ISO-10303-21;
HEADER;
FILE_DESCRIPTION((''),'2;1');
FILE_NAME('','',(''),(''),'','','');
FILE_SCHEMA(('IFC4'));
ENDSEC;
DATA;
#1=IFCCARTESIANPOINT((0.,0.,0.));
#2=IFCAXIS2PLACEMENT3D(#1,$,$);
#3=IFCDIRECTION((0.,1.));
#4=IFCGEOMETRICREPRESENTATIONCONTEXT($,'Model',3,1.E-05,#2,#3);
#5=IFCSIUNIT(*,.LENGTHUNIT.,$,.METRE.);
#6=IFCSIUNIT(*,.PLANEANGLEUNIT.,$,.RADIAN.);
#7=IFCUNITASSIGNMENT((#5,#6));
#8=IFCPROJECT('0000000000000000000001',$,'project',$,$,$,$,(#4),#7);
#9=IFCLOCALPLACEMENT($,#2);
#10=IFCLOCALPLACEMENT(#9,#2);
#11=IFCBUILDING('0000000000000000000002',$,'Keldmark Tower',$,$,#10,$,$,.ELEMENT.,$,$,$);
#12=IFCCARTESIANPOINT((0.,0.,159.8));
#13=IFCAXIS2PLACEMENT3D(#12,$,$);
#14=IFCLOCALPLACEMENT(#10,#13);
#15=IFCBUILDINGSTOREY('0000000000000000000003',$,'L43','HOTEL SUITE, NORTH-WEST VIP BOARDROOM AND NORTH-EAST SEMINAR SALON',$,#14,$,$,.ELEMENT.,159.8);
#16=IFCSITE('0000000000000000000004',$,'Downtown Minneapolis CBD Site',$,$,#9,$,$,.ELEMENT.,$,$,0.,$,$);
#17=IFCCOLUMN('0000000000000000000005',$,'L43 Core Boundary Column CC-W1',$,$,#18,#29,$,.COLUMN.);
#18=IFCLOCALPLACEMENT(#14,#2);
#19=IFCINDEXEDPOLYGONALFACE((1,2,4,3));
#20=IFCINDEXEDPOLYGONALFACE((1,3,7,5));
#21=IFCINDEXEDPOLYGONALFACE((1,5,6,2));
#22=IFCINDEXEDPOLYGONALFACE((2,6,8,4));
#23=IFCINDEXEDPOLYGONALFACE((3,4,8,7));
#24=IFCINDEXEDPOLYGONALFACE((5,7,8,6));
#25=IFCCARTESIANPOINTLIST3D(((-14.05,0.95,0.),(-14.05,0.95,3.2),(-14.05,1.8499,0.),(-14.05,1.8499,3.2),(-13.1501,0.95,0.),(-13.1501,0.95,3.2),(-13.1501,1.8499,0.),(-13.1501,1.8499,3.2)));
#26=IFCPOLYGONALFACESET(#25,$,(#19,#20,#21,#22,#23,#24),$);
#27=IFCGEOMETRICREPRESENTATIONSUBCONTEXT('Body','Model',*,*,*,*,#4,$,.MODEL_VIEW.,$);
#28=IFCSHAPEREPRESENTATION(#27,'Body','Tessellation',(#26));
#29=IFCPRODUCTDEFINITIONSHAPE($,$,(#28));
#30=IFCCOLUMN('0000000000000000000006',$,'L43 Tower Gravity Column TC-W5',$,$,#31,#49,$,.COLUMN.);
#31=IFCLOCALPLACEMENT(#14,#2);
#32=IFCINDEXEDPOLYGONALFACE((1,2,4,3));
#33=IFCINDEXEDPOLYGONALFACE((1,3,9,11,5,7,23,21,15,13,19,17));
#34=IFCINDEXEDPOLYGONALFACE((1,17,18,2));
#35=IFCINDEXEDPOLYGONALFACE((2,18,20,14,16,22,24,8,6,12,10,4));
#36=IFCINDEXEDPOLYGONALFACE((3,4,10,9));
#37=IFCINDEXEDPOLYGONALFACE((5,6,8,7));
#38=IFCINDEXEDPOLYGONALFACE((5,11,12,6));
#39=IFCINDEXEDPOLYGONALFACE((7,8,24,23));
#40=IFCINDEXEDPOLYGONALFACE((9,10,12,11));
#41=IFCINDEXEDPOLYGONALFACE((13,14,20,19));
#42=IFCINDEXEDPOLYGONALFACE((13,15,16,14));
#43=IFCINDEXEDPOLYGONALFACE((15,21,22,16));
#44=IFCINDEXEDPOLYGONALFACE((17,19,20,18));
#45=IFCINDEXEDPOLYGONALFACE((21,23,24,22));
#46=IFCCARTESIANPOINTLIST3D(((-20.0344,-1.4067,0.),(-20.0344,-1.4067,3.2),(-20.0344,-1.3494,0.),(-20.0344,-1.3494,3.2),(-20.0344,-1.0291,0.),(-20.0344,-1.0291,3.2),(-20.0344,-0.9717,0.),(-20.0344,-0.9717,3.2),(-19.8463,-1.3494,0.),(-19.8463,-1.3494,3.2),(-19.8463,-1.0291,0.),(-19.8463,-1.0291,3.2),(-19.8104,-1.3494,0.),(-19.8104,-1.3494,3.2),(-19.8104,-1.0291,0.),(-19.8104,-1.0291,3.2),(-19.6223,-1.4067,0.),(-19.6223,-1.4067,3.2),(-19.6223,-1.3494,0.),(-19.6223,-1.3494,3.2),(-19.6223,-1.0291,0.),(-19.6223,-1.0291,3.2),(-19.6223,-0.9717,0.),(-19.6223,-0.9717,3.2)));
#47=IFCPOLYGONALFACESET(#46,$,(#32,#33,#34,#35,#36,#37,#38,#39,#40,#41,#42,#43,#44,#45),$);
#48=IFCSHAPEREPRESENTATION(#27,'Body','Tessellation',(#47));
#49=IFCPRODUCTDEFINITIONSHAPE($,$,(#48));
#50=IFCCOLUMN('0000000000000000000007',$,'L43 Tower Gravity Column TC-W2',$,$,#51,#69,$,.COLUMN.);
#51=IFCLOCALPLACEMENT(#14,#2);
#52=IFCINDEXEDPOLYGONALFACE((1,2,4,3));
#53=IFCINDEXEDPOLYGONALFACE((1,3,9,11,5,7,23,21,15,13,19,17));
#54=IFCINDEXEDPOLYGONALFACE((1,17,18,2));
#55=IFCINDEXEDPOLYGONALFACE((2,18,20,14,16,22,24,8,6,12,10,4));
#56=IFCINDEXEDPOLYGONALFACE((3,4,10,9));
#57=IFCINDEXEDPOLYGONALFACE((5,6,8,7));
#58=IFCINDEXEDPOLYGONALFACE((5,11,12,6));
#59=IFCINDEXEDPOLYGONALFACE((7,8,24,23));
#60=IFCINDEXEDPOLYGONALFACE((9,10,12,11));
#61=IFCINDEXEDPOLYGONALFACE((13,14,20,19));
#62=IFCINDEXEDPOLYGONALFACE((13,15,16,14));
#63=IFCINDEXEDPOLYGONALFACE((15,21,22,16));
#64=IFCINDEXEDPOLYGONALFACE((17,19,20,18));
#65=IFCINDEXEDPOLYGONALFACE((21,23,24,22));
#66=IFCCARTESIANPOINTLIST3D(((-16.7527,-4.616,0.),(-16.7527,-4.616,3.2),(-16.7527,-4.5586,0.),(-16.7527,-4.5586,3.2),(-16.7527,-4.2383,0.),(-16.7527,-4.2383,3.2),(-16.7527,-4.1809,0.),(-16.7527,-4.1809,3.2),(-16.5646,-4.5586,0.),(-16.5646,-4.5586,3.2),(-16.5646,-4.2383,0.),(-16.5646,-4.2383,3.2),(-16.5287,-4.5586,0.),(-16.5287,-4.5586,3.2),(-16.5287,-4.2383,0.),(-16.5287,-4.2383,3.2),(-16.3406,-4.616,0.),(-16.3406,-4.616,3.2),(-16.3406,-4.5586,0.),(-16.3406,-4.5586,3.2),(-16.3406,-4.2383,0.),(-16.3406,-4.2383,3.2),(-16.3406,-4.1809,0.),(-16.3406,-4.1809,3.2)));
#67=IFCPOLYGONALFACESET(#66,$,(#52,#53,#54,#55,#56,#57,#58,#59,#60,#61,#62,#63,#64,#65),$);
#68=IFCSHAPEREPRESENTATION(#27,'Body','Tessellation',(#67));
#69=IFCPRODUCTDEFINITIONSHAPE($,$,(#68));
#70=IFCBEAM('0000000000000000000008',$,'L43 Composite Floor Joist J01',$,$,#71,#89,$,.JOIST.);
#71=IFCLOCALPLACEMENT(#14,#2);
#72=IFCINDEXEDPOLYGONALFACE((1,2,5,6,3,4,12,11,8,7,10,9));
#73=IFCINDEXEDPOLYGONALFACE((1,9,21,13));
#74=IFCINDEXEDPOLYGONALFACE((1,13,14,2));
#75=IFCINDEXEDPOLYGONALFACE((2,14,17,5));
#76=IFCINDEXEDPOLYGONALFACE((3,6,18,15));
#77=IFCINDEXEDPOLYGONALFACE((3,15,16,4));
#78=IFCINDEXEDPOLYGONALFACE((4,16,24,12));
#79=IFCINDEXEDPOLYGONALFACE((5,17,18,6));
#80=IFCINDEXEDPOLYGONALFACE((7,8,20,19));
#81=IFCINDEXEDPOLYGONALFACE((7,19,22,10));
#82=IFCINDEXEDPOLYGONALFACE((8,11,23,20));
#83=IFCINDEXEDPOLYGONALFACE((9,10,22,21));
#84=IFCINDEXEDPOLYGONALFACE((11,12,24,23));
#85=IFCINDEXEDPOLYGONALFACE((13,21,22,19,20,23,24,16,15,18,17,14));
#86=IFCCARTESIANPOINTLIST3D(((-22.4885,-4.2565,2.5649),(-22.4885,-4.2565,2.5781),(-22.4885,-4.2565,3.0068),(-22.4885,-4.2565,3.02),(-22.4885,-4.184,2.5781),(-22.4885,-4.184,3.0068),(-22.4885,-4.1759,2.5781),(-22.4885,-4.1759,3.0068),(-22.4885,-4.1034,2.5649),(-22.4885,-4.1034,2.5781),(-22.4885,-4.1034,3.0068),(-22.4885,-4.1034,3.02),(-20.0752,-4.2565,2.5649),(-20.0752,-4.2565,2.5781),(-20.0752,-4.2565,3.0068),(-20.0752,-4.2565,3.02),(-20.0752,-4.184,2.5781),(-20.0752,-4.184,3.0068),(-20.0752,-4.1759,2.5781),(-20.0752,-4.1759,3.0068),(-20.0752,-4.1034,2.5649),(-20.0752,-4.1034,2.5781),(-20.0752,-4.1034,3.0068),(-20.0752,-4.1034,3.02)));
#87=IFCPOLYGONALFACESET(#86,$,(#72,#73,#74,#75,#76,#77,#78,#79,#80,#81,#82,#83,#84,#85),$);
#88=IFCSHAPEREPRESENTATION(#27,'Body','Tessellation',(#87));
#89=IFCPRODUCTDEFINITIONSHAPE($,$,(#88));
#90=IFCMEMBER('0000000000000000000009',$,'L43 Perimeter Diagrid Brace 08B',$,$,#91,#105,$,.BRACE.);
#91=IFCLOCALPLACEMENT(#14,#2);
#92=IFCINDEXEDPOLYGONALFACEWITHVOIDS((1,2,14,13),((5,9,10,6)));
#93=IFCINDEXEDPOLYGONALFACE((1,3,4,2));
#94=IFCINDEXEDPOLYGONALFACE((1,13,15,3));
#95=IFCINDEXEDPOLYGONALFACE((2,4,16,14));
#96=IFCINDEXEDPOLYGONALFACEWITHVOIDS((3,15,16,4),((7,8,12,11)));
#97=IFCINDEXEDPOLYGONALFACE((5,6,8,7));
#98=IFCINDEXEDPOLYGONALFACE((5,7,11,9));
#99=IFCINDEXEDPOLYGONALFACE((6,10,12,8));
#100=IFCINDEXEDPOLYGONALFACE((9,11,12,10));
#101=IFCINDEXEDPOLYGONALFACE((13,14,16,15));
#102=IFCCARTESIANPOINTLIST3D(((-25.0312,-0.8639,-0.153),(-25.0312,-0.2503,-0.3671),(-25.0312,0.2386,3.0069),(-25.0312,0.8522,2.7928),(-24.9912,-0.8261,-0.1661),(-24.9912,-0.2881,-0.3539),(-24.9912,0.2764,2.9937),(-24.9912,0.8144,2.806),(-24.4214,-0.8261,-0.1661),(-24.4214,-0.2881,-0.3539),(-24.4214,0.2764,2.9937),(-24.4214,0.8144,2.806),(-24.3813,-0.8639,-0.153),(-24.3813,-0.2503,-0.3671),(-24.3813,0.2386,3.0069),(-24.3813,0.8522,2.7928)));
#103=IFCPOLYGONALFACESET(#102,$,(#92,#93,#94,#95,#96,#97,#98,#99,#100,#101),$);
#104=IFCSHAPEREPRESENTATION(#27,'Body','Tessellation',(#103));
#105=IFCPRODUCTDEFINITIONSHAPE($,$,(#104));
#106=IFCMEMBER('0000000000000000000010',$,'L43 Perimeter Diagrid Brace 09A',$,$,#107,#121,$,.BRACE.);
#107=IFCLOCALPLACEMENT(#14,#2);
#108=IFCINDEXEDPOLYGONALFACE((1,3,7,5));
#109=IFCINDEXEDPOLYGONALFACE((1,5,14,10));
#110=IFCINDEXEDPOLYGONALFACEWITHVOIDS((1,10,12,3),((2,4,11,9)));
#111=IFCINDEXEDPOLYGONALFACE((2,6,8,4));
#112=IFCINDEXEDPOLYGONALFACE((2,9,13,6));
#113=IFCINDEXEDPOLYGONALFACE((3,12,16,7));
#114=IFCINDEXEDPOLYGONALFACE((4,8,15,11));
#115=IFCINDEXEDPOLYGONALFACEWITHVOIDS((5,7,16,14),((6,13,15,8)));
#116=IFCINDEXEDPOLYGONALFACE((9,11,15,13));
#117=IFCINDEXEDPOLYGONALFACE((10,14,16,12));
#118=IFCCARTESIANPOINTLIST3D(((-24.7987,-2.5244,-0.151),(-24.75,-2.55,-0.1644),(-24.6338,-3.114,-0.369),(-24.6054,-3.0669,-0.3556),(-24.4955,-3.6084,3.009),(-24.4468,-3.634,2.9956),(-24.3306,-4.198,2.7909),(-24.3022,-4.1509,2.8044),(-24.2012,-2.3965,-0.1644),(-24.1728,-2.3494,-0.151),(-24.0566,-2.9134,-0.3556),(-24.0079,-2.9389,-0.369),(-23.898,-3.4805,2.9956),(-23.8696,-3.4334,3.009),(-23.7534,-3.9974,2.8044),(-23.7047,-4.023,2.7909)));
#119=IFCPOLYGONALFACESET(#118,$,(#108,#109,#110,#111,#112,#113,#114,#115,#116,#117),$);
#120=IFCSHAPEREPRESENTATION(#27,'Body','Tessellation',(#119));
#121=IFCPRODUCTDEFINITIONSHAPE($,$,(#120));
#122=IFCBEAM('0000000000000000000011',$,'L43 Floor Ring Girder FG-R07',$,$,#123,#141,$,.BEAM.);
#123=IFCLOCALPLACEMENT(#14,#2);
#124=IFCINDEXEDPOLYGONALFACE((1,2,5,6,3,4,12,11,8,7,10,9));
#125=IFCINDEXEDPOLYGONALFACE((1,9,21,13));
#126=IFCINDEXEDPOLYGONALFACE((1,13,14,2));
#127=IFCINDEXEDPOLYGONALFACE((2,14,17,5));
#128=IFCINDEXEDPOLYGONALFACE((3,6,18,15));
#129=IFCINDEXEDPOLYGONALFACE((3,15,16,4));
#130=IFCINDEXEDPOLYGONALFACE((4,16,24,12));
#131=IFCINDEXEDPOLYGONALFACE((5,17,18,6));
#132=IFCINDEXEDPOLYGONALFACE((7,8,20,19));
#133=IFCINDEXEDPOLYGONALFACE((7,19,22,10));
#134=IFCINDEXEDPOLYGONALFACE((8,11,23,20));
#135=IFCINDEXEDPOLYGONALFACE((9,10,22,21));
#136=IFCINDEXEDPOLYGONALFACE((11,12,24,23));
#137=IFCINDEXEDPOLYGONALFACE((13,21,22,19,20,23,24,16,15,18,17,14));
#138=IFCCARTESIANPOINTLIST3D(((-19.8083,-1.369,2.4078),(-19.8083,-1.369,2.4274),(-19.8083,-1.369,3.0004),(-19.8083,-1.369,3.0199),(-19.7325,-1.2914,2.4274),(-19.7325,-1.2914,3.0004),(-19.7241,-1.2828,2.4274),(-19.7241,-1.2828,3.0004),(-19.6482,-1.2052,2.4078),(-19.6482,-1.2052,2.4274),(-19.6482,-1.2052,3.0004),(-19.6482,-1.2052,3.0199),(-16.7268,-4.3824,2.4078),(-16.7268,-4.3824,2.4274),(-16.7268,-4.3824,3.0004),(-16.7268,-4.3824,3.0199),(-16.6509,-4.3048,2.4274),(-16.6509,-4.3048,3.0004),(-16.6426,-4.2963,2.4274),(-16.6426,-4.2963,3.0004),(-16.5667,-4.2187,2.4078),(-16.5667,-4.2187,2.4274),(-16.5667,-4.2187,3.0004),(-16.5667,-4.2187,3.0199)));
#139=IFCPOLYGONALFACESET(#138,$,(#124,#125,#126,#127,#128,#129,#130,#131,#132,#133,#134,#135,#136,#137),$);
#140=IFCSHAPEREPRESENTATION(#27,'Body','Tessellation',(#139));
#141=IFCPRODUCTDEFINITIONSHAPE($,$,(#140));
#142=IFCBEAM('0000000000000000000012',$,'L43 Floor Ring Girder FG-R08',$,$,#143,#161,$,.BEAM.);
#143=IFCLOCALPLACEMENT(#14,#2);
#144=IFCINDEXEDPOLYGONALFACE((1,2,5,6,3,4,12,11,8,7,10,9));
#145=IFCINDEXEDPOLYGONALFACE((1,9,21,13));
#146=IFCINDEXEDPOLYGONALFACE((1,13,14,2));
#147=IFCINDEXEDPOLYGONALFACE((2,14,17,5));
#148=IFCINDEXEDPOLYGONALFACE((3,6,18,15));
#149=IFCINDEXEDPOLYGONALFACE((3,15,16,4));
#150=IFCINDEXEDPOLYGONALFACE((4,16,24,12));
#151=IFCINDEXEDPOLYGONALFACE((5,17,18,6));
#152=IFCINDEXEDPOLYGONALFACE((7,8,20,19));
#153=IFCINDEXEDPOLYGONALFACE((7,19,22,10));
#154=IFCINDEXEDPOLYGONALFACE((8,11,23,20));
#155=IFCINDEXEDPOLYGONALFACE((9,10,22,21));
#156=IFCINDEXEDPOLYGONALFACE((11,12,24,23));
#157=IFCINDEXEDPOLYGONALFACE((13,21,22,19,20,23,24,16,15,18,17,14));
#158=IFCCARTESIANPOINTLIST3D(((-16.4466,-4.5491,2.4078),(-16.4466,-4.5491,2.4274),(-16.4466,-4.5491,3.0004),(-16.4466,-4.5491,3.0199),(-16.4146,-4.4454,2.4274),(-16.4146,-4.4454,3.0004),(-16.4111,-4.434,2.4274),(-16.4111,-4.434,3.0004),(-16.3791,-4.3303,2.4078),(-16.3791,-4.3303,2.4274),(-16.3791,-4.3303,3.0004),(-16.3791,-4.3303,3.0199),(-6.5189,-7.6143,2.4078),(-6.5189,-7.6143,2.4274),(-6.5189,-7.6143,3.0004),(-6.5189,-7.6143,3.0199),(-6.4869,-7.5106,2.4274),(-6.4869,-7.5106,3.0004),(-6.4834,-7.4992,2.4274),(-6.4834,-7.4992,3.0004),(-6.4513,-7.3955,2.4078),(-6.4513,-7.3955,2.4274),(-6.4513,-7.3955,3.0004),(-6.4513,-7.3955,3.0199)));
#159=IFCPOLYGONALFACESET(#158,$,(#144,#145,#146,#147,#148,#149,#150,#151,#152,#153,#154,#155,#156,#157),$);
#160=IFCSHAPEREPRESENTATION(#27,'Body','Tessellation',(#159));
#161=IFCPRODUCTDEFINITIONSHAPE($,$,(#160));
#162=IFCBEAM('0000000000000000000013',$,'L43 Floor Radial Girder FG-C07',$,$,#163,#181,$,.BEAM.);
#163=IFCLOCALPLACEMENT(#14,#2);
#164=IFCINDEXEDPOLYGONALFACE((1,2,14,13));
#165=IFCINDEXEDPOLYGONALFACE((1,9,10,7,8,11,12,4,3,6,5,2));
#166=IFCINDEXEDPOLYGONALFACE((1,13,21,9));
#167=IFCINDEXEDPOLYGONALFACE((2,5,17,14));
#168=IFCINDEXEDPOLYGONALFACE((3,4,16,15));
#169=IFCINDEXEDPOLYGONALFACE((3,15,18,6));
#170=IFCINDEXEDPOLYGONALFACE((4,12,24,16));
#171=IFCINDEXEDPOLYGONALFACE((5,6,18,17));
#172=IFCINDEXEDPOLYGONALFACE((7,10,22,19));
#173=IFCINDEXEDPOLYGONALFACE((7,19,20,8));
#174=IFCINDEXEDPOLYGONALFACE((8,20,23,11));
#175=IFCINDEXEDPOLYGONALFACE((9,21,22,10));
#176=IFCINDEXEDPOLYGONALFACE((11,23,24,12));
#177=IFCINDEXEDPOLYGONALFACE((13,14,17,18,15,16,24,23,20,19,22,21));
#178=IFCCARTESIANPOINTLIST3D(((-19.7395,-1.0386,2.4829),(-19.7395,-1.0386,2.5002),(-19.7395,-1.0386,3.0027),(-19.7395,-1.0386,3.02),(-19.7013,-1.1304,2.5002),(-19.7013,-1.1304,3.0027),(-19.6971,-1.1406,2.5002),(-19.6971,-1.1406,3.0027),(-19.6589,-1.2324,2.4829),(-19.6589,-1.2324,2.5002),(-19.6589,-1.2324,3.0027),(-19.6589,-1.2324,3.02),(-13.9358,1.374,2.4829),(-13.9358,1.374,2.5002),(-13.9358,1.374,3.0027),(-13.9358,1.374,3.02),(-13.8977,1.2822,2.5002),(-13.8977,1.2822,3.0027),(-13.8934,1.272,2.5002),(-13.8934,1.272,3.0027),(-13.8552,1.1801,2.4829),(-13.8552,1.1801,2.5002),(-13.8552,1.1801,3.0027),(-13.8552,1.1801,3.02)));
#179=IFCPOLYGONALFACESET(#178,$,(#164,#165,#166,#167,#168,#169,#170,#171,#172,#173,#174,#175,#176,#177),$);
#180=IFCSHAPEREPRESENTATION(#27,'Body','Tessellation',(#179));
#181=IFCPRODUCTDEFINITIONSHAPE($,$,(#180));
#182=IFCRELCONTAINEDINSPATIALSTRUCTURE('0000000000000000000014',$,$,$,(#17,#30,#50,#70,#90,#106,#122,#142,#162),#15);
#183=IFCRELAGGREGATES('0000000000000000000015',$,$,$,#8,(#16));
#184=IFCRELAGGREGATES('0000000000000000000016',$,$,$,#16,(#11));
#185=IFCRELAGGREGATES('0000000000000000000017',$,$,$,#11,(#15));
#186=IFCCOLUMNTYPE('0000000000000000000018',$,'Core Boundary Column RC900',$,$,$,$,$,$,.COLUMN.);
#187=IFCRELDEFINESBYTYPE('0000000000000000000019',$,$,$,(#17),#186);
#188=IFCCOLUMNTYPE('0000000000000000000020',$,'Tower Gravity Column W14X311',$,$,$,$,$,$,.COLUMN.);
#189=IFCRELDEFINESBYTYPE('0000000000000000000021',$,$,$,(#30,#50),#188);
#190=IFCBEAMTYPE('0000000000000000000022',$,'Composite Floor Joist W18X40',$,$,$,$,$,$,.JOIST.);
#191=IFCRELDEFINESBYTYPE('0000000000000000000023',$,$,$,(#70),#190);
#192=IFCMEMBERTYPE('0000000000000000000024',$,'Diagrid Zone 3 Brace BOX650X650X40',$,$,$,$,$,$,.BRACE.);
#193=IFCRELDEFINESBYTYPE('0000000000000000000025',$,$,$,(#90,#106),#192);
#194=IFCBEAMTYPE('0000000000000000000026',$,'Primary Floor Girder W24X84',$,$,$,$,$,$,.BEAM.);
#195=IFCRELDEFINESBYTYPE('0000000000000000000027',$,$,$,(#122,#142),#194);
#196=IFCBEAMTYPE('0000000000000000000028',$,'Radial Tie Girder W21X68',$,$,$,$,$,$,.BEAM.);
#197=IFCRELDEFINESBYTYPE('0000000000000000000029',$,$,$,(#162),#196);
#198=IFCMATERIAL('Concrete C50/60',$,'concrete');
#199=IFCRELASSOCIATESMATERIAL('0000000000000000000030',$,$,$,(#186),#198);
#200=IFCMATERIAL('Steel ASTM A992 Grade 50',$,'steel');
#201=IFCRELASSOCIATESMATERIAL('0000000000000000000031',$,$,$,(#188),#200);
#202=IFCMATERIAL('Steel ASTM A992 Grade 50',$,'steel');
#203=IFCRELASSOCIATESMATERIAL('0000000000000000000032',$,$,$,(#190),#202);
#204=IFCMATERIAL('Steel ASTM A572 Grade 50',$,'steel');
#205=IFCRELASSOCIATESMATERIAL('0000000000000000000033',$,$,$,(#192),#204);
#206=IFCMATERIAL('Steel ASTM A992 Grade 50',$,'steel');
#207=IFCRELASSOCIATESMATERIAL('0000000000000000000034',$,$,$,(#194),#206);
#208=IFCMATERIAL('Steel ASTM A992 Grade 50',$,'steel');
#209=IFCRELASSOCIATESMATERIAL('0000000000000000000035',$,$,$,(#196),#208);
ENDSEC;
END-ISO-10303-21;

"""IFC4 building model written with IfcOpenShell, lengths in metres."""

from ifc_helpers import new_model, si_unit, direction, frame, origin, origin_2d, place, context, subcontext, project, spatial, rectangle, hollow_rectangle, i_section, extrude, material, material_profile, profile_set, type_object, element, save


model = new_model("IFC4")

# Units and contexts
model_context = context("Model", 3, precision=1e-05, world=origin(), true_north=direction((0.0, 1.0)))
body_context = subcontext(model_context, "Body", "Model", "MODEL_VIEW")
ifc_project = project(units=[si_unit("LENGTHUNIT", "METRE"), si_unit("PLANEANGLEUNIT", "RADIAN")], contexts=[model_context])

# Site, building, storey
site_placement = place(None, origin())
site = spatial("IfcSite", under=ifc_project, at=site_placement, Name="Downtown Minneapolis CBD Site", CompositionType="ELEMENT", RefElevation=0.0)
building_placement = place(site_placement, origin())
building = spatial("IfcBuilding", under=site, at=building_placement, Name="Keldmark Tower", CompositionType="ELEMENT")
storey_placement = place(building_placement, frame((0.0, 0.0, 159.8)))
storey = spatial("IfcBuildingStorey", under=building, at=storey_placement, Name="L43", Description="HOTEL SUITE, NORTH-WEST VIP BOARDROOM AND NORTH-EAST SEMINAR SALON", CompositionType="ELEMENT", Elevation=159.8)

# Columns
ifc_material_1 = material(Name="Concrete C50/60", Category="concrete")
ifc_material_profile_1 = material_profile(ifc_material_1, rectangle(XDim=0.8999, YDim=0.8999, at=origin_2d()), Name="RC900X900")
ifc_profile_set_1 = profile_set([ifc_material_profile_1], Name="Concrete C50/60")
column_type_1 = type_object("IfcColumnType", Name="Core Boundary Column RC900", PredefinedType="COLUMN", material=ifc_profile_set_1)
column_placement = place(storey_placement, frame((-13.6001, 1.3999, 0.0), z_axis=(0.0, 0.0, 1.0), x_axis=(1.0, 0.0, 0.0)))
element("IfcColumn", 1, at=column_placement, inside=storey, type_object=column_type_1, Name="L43 Core Boundary Column CC-W1", PredefinedType="COLUMN", context=body_context, shape_type="SweptSolid", body=[
    extrude(rectangle(XDim=0.8999, YDim=0.8999, at=origin_2d()), origin(), (0.0, 0.0, 1.0), 3.2),
])
ifc_material_2 = material(Name="Steel ASTM A992 Grade 50", Category="steel")
ifc_material_profile_2 = material_profile(ifc_material_2, i_section(OverallWidth=0.4121, OverallDepth=0.4351, WebThickness=0.0359, FlangeThickness=0.0574, at=origin_2d()), Name="W14X311")
ifc_profile_set_2 = profile_set([ifc_material_profile_2], Name="Steel ASTM A992 Grade 50")
column_type_2 = type_object("IfcColumnType", Name="Tower Gravity Column W14X311", PredefinedType="COLUMN", material=ifc_profile_set_2)
for number, where, z_axis, x_axis, name in (
    (2, (-19.8284, -1.1892, 0.0), (0.0, 0.0, 1.0), (1.0, 0.0, 0.0), "L43 Tower Gravity Column TC-W5"),
    (3, (-16.5466, -4.3984, 0.0), (0.0, 0.0, 1.0), (1.0, 0.0, 0.0), "L43 Tower Gravity Column TC-W2"),
):
    element("IfcColumn", number, at=place(storey_placement, frame(where, z_axis=z_axis, x_axis=x_axis)), inside=storey, type_object=column_type_2, Name=name, PredefinedType="COLUMN", context=body_context, shape_type="SweptSolid", body=[
        extrude(i_section(OverallWidth=0.4121, OverallDepth=0.4351, WebThickness=0.0359, FlangeThickness=0.0574, at=origin_2d()), origin(), (0.0, 0.0, 1.0), 3.2),
    ])

# Beam
ifc_material_3 = material(Name="Steel ASTM A992 Grade 50", Category="steel")
ifc_material_profile_3 = material_profile(ifc_material_3, i_section(OverallWidth=0.1531, OverallDepth=0.4551, WebThickness=0.0081, FlangeThickness=0.0132, at=origin_2d()), Name="W18X40")
ifc_profile_set_3 = profile_set([ifc_material_profile_3], Name="Steel ASTM A992 Grade 50")
beam_type_1 = type_object("IfcBeamType", Name="Composite Floor Joist W18X40", PredefinedType="JOIST", material=ifc_profile_set_3)
beam_1_placement = place(storey_placement, frame((-22.4885, -4.1799, 2.7925), z_axis=(1.0, 0.0, 0.0), x_axis=(0.0, 1.0, 0.0)))
element("IfcBeam", 4, at=beam_1_placement, inside=storey, type_object=beam_type_1, Name="L43 Composite Floor Joist J01", PredefinedType="JOIST", context=body_context, shape_type="SweptSolid", body=[
    extrude(i_section(OverallWidth=0.1531, OverallDepth=0.4551, WebThickness=0.0081, FlangeThickness=0.0132, at=origin_2d()), origin(), (0.0, 0.0, 1.0), 2.4133),
])

# Members
ifc_material_4 = material(Name="Steel ASTM A572 Grade 50", Category="steel")
ifc_material_profile_4 = material_profile(ifc_material_4, hollow_rectangle(XDim=0.6499, YDim=0.6499, WallThickness=0.04, at=origin_2d()), Name="BOX650X650X40")
ifc_profile_set_4 = profile_set([ifc_material_profile_4], Name="Steel ASTM A572 Grade 50")
member_type = type_object("IfcMemberType", Name="Diagrid Zone 3 Brace BOX650X650X40", PredefinedType="BRACE", material=ifc_profile_set_4)
member_1_placement = place(storey_placement, frame((-24.7063, -0.5571, -0.26), z_axis=(0.0, 0.329437, 0.944177), x_axis=(-1.0, 0.0, 0.0)))
element("IfcMember", 5, at=member_1_placement, inside=storey, type_object=member_type, Name="L43 Perimeter Diagrid Brace 08B", PredefinedType="BRACE", context=body_context, shape_type="SweptSolid", body=[
    extrude(hollow_rectangle(XDim=0.6499, YDim=0.6499, WallThickness=0.04, at=origin_2d()), origin(), (0.0, 0.0, 1.0), 3.3467),
])
member_2_placement = place(storey_placement, frame((-24.4033, -2.7317, -0.26), z_axis=(0.090395, -0.323153, 0.94202), x_axis=(0.963032, 0.269389, 0.0)))
element("IfcMember", 6, at=member_2_placement, inside=storey, type_object=member_type, Name="L43 Perimeter Diagrid Brace 09A", PredefinedType="BRACE", context=body_context, shape_type="SweptSolid", body=[
    extrude(hollow_rectangle(XDim=0.6499, YDim=0.6499, WallThickness=0.04, at=origin_2d()), origin(), (0.0, 0.0, 1.0), 3.3545),
])

# Beams
ifc_material_5 = material(Name="Steel ASTM A992 Grade 50", Category="steel")
ifc_material_profile_5 = material_profile(ifc_material_5, i_section(OverallWidth=0.229, OverallDepth=0.6121, WebThickness=0.012, FlangeThickness=0.0195, at=origin_2d()), Name="W24X84")
ifc_profile_set_5 = profile_set([ifc_material_profile_5], Name="Steel ASTM A992 Grade 50")
beam_type_2 = type_object("IfcBeamType", Name="Primary Floor Girder W24X84", PredefinedType="BEAM", material=ifc_profile_set_5)
beam_2_placement = place(storey_placement, frame((-19.7283, -1.2871, 2.7139), z_axis=(0.714965, -0.699161, 0.0), x_axis=(0.699161, 0.714965, 0.0)))
element("IfcBeam", 7, at=beam_2_placement, inside=storey, type_object=beam_type_2, Name="L43 Floor Ring Girder FG-R07", PredefinedType="BEAM", context=body_context, shape_type="SweptSolid", body=[
    extrude(i_section(OverallWidth=0.229, OverallDepth=0.6121, WebThickness=0.012, FlangeThickness=0.0195, at=origin_2d()), origin(), (0.0, 0.0, 1.0), 4.3101),
])
beam_3_placement = place(storey_placement, frame((-16.4128, -4.4397, 2.7139), z_axis=(0.955495, -0.295009, 0.0), x_axis=(0.295009, 0.955495, 0.0)))
element("IfcBeam", 8, at=beam_3_placement, inside=storey, type_object=beam_type_2, Name="L43 Floor Ring Girder FG-R08", PredefinedType="BEAM", context=body_context, shape_type="SweptSolid", body=[
    extrude(i_section(OverallWidth=0.229, OverallDepth=0.6121, WebThickness=0.012, FlangeThickness=0.0195, at=origin_2d()), origin(), (0.0, 0.0, 1.0), 10.3901),
])
ifc_material_6 = material(Name="Steel ASTM A992 Grade 50", Category="steel")
ifc_material_profile_6 = material_profile(ifc_material_6, i_section(OverallWidth=0.21, OverallDepth=0.5371, WebThickness=0.011, FlangeThickness=0.0173, at=origin_2d()), Name="W21X68")
ifc_profile_set_6 = profile_set([ifc_material_profile_6], Name="Steel ASTM A992 Grade 50")
beam_type_3 = type_object("IfcBeamType", Name="Radial Tie Girder W21X68", PredefinedType="BEAM", material=ifc_profile_set_6)
beam_4_placement = place(storey_placement, frame((-19.6992, -1.1355, 2.7515), z_axis=(0.923394, 0.383854, 0.0), x_axis=(-0.383854, 0.923394, 0.0)))
element("IfcBeam", 9, at=beam_4_placement, inside=storey, type_object=beam_type_3, Name="L43 Floor Radial Girder FG-C07", PredefinedType="BEAM", context=body_context, shape_type="SweptSolid", body=[
    extrude(i_section(OverallWidth=0.21, OverallDepth=0.5371, WebThickness=0.011, FlangeThickness=0.0173, at=origin_2d()), origin(), (0.0, 0.0, 1.0), 6.2852),
])

save(model, "model.ifc")
